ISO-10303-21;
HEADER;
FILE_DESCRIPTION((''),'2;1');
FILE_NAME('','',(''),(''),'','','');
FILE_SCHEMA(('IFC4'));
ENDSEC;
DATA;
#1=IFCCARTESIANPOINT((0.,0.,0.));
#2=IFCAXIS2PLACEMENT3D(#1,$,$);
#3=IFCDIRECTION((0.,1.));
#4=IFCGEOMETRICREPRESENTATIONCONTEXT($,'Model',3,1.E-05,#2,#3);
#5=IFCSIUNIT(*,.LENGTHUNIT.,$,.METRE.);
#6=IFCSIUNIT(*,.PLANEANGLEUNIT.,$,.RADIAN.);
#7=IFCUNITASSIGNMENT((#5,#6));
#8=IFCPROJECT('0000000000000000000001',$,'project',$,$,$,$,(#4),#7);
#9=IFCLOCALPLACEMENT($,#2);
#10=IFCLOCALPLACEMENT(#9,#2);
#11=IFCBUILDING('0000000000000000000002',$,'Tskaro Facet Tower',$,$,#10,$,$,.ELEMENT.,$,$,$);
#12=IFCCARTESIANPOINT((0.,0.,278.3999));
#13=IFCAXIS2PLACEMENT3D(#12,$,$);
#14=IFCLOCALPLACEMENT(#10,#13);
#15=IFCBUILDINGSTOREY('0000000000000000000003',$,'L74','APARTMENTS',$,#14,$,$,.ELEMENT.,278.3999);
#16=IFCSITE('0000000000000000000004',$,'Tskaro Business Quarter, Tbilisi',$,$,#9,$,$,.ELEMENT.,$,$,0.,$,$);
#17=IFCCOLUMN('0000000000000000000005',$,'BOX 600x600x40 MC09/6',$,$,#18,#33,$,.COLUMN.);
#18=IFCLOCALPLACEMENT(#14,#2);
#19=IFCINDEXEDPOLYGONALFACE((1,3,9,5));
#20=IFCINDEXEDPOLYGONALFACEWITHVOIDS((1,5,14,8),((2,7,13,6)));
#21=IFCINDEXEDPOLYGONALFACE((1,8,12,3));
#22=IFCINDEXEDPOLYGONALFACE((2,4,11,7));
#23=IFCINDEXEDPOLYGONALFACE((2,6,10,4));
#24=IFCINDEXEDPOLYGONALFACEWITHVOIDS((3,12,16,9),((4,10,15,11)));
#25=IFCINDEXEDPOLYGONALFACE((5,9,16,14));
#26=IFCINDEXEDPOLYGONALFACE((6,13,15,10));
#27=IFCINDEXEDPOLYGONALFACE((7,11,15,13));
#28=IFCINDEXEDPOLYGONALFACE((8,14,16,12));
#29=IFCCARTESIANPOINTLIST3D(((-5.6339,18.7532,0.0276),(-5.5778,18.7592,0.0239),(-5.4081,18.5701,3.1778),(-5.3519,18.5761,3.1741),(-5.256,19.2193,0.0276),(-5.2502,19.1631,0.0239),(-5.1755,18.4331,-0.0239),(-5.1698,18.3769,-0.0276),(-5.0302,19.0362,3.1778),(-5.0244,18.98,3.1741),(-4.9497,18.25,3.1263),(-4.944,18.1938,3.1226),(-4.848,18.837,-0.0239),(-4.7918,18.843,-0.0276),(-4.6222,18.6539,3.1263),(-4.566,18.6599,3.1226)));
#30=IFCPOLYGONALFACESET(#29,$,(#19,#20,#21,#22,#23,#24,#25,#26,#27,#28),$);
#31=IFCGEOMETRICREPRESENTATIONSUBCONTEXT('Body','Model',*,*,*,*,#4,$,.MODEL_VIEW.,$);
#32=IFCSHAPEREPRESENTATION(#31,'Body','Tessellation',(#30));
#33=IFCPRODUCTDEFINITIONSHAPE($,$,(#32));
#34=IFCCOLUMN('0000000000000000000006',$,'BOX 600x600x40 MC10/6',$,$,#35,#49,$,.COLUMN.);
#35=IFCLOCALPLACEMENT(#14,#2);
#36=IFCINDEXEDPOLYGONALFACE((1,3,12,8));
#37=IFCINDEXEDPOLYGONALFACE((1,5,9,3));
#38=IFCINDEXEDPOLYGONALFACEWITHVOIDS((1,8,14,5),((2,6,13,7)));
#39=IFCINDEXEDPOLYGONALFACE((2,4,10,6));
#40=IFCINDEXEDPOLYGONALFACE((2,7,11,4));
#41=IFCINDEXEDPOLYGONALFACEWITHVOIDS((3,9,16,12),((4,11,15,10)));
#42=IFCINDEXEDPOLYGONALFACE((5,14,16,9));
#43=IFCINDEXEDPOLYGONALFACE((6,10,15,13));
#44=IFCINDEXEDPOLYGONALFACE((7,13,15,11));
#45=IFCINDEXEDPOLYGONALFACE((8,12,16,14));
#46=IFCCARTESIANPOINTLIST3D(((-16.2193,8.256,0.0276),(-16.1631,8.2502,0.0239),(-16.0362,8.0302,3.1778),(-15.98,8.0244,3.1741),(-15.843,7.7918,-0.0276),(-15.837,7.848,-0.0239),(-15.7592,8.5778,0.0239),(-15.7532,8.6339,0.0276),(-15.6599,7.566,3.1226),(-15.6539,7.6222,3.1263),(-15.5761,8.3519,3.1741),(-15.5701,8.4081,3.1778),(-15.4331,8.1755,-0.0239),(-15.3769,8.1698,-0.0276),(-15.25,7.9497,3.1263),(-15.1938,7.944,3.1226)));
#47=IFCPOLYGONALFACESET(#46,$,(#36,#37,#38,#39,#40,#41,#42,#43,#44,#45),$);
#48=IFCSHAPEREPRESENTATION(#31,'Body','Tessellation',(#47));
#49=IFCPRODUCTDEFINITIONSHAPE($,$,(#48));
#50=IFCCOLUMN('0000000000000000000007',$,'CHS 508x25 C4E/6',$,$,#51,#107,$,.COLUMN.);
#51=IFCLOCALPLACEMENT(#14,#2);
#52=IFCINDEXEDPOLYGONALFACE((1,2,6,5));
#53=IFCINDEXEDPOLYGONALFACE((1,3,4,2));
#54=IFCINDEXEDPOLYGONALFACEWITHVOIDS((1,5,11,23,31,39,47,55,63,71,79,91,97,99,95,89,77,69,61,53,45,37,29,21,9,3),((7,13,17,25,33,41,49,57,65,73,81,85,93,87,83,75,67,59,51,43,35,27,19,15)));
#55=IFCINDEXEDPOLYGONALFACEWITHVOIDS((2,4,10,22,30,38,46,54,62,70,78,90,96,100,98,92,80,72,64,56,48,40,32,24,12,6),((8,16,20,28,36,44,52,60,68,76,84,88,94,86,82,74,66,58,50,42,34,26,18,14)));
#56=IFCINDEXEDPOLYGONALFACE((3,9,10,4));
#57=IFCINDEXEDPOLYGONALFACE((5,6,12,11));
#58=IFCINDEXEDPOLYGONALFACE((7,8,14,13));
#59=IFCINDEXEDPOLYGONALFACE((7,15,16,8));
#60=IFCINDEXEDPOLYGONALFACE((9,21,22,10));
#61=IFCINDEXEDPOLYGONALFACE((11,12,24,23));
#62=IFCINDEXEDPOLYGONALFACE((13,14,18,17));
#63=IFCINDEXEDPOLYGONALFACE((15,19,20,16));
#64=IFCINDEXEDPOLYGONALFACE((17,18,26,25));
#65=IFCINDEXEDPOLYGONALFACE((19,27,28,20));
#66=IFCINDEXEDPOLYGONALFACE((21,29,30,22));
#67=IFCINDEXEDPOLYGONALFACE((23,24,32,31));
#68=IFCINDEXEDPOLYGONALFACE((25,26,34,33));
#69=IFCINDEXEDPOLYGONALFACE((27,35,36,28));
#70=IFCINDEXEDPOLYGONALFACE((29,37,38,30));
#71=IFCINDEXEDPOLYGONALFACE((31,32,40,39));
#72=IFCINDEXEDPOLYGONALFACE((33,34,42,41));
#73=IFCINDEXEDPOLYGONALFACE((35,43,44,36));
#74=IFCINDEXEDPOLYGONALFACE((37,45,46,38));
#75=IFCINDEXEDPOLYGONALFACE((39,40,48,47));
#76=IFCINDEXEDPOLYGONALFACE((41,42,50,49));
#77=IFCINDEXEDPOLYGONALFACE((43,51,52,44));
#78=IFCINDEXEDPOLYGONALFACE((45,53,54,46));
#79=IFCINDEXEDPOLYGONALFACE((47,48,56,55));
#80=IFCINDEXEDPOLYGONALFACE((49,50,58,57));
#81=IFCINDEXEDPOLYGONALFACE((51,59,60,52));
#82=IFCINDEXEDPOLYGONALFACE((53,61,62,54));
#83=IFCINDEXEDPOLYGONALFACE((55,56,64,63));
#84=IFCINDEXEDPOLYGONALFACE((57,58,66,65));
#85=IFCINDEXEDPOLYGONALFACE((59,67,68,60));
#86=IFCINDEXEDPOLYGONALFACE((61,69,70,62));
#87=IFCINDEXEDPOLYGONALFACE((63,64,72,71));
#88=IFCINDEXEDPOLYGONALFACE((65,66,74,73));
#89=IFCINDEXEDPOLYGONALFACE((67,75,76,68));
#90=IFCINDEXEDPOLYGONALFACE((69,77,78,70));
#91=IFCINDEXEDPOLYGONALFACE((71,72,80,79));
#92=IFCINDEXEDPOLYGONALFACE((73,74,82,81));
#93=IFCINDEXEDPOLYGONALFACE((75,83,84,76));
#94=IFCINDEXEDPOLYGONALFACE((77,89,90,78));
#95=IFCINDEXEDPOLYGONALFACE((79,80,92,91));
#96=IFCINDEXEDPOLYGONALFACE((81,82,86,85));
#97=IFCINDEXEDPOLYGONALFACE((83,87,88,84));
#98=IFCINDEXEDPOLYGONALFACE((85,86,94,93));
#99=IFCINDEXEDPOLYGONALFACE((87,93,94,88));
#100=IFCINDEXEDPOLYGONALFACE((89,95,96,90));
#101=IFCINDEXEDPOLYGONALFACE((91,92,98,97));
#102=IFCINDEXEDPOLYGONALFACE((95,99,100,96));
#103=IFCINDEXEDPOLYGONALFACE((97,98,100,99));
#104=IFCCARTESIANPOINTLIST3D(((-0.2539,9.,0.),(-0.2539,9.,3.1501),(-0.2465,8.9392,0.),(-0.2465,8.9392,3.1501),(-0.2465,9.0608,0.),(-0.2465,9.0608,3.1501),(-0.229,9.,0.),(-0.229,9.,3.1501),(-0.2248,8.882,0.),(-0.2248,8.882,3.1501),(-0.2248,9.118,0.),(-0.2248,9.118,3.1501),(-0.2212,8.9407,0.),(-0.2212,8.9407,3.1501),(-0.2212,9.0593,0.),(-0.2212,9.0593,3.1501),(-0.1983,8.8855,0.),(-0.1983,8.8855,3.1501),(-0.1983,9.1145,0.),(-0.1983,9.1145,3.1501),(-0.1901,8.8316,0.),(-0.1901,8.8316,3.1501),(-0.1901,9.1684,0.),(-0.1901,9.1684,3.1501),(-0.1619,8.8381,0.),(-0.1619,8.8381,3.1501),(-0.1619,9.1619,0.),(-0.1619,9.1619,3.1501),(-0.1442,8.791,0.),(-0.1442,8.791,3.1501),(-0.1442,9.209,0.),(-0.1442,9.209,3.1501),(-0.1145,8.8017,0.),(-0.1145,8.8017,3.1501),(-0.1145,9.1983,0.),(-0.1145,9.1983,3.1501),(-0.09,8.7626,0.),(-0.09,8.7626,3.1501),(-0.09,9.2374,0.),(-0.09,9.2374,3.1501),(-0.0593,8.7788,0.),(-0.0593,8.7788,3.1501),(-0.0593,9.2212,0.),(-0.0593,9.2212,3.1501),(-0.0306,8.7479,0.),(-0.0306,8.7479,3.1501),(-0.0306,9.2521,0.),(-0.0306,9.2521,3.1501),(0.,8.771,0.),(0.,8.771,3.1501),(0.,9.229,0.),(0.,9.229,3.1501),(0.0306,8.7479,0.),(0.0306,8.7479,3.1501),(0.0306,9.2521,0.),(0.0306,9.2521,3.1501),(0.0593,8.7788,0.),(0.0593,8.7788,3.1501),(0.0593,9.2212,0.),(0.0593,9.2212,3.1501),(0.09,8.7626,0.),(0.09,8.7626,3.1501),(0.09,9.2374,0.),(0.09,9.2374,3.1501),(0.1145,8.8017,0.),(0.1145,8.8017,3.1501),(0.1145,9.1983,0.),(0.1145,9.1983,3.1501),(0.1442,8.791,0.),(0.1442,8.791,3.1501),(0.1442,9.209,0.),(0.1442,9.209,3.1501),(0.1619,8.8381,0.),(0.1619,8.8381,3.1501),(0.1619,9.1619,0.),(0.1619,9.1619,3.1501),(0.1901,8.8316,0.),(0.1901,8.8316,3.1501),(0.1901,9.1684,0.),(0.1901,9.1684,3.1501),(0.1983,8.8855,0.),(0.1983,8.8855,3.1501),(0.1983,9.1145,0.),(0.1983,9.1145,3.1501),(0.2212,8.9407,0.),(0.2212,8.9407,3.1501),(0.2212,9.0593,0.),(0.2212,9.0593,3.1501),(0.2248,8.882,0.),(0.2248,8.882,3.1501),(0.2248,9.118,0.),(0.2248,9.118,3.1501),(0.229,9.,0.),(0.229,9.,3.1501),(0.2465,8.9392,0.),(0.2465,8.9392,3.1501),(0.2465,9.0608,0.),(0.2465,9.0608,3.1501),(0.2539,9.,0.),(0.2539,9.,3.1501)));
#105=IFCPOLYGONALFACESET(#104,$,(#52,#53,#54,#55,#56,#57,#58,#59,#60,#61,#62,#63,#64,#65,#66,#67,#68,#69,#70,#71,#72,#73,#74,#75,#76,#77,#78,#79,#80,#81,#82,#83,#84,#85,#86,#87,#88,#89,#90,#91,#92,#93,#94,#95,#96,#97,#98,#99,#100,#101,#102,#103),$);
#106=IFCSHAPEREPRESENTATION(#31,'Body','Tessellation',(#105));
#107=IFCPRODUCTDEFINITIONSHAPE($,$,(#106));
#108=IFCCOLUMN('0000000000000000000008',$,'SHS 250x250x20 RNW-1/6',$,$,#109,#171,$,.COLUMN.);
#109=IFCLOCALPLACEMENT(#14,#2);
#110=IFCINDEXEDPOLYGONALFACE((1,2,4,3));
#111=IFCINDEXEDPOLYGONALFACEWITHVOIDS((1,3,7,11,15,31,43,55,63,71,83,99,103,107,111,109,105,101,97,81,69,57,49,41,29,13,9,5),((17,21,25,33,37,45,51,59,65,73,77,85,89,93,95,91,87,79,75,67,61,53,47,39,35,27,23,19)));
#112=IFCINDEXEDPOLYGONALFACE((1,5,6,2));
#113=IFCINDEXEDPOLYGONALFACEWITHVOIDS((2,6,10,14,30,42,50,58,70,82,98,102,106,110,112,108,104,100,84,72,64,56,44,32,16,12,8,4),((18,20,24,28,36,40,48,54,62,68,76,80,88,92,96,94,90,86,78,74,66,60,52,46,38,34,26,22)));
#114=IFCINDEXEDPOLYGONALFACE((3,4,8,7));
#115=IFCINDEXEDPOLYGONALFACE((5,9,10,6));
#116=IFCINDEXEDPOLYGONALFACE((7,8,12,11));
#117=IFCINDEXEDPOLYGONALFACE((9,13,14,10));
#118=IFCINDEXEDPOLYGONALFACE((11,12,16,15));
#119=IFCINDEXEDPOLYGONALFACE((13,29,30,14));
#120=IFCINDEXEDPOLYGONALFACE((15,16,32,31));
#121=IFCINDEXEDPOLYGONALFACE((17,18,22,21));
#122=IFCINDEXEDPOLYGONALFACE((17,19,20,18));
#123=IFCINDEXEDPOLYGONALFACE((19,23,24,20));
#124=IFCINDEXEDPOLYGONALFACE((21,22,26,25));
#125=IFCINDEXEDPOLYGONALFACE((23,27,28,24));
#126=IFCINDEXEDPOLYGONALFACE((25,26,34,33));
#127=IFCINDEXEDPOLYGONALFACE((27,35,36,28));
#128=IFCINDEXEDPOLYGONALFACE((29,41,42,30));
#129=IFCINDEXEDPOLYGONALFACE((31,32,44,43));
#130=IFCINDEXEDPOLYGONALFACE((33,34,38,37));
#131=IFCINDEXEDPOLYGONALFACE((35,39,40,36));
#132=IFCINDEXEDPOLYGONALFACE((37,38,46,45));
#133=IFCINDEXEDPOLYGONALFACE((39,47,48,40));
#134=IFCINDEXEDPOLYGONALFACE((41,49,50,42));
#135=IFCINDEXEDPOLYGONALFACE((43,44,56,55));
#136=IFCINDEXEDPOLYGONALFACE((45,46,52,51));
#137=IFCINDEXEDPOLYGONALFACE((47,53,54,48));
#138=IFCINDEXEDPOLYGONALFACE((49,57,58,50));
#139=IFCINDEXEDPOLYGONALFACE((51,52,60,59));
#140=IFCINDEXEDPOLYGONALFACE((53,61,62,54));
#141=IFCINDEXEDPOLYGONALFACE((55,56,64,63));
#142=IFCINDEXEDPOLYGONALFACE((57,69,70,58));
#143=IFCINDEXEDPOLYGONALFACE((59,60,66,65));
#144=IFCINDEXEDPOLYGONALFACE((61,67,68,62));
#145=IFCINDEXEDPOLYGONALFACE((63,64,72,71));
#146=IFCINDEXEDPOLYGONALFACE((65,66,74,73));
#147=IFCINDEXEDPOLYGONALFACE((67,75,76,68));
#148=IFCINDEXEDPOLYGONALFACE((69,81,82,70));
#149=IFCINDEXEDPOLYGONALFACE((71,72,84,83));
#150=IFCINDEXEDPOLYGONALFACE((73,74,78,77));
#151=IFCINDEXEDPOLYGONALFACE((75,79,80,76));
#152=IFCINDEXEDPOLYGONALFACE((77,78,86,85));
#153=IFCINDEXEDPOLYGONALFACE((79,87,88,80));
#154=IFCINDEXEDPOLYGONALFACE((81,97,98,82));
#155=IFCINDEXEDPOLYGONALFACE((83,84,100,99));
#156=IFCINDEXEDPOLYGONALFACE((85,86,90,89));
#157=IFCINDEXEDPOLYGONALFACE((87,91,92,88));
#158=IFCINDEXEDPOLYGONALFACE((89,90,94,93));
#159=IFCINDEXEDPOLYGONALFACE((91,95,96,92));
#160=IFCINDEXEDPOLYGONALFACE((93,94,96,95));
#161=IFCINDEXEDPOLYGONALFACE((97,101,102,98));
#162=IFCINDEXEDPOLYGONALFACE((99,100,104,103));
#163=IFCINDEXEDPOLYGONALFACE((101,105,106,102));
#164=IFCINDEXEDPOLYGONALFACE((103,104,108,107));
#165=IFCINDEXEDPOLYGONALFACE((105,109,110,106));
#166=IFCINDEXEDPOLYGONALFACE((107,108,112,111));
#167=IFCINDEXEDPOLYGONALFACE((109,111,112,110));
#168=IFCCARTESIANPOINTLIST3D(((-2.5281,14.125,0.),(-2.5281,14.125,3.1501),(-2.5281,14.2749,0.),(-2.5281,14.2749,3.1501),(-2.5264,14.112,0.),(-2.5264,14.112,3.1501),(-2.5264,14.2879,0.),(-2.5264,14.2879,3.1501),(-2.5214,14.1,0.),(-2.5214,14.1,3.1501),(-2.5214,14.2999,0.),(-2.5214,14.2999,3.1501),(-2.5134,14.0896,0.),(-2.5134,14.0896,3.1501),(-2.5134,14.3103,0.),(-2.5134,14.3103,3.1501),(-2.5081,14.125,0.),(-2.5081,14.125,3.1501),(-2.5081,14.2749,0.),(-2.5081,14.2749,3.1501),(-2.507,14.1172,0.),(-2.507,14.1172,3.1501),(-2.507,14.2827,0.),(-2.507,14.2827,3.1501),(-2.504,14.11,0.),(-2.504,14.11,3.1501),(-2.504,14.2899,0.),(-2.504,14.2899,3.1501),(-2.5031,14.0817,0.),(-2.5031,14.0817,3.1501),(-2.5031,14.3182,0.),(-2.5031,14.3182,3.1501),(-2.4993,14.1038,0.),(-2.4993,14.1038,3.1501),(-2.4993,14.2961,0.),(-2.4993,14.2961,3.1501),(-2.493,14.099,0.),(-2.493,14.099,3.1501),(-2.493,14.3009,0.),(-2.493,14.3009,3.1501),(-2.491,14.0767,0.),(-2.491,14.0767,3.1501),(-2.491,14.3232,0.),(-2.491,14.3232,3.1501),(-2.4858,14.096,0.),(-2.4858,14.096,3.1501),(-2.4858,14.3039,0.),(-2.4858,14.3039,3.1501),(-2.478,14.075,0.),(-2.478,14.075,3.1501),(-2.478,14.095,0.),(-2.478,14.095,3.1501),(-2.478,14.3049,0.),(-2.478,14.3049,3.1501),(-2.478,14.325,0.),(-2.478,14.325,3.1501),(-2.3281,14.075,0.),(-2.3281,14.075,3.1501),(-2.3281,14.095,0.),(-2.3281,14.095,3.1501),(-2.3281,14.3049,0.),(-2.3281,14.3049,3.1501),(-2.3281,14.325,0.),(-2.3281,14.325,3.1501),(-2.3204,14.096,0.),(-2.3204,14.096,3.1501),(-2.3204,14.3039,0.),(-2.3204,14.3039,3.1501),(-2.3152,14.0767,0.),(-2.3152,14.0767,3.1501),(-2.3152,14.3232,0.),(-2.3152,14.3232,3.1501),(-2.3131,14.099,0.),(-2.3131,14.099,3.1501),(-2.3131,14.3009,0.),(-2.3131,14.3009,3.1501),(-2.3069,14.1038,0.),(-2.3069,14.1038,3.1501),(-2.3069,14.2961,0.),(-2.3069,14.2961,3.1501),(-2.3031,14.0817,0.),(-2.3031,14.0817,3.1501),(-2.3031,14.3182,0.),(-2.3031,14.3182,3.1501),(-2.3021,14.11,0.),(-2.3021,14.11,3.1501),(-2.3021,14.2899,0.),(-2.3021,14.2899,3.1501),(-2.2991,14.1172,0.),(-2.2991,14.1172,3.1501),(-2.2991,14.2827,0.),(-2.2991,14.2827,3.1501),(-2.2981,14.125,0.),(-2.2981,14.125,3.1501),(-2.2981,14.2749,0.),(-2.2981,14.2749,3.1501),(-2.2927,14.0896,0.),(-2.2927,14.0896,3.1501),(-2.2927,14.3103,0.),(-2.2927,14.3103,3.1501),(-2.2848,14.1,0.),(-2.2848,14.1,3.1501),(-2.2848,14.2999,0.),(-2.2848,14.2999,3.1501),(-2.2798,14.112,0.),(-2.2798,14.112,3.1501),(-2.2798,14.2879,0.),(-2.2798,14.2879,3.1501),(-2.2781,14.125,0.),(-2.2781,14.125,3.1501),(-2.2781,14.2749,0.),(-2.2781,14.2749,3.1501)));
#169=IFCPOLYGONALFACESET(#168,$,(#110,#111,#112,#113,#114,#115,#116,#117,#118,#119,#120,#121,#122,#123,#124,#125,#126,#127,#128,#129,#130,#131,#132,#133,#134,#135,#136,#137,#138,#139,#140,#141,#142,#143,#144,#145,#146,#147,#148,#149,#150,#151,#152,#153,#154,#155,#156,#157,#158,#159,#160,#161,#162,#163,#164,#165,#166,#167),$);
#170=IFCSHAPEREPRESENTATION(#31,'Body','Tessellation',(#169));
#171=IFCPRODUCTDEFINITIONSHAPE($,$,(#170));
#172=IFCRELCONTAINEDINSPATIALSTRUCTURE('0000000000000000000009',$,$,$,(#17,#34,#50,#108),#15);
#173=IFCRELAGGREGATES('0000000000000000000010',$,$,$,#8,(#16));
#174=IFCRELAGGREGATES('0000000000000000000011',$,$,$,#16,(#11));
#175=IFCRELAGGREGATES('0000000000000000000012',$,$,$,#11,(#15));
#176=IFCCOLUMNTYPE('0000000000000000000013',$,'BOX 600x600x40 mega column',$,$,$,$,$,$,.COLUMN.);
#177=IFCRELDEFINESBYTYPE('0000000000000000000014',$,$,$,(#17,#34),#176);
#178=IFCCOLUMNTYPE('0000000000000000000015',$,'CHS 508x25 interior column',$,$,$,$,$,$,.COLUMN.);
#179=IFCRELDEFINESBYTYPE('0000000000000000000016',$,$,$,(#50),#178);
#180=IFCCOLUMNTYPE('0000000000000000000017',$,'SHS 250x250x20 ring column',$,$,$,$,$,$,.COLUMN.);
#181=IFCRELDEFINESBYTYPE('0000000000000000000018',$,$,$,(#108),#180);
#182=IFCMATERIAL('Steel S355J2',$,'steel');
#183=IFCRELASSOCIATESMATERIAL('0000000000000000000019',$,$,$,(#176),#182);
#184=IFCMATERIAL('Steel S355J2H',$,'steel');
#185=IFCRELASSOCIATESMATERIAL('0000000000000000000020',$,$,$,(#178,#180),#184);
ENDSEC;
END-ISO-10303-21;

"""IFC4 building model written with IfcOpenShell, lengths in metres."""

from ifc_helpers import new_model, si_unit, direction, frame, origin, origin_2d, place, context, subcontext, project, spatial, hollow_rectangle, hollow_circle, extrude, material, material_profile, profile_set, type_object, element, save


model = new_model("IFC4")

# Units and contexts
model_context = context("Model", 3, precision=1e-05, world=origin(), true_north=direction((0.0, 1.0)))
body_context = subcontext(model_context, "Body", "Model", "MODEL_VIEW")
ifc_project = project(units=[si_unit("LENGTHUNIT", "METRE"), si_unit("PLANEANGLEUNIT", "RADIAN")], contexts=[model_context])

# Site, building, storey
site_placement = place(None, origin())
site = spatial("IfcSite", under=ifc_project, at=site_placement, Name="Tskaro Business Quarter, Tbilisi", CompositionType="ELEMENT", RefElevation=0.0)
building_placement = place(site_placement, origin())
building = spatial("IfcBuilding", under=site, at=building_placement, Name="Tskaro Facet Tower", CompositionType="ELEMENT")
storey_placement = place(building_placement, frame((0.0, 0.0, 278.3999)))
storey = spatial("IfcBuildingStorey", under=building, at=storey_placement, Name="L74", Description="APARTMENTS", CompositionType="ELEMENT", Elevation=278.3999)

# Columns
ifc_material_1 = material(Name="Steel S355J2", Category="steel")
ifc_material_profile_1 = material_profile(ifc_material_1, hollow_rectangle(XDim=0.6001, YDim=0.6001, WallThickness=0.04, at=origin_2d()), Name="BOX 600x600x40")
ifc_profile_set_1 = profile_set([ifc_material_profile_1], Name="Steel S355J2")
column_type_1 = type_object("IfcColumnType", Name="BOX 600x600x40 mega column", PredefinedType="COLUMN", material=ifc_profile_set_1)
for number, where, z_axis, x_axis, name in (
    (1, (-5.2129, 18.7981, 0.0), (0.071385, -0.05788, 0.995768), (0.629802, 0.776756, 0.0), "BOX 600x600x40 MC09/6"),
    (2, (-15.7981, 8.2129, 0.0), (0.05788, -0.071385, 0.995768), (0.776756, 0.629802, 0.0), "BOX 600x600x40 MC10/6"),
):
    element("IfcColumn", number, at=place(storey_placement, frame(where, z_axis=z_axis, x_axis=x_axis)), inside=storey, type_object=column_type_1, Name=name, PredefinedType="COLUMN", context=body_context, shape_type="SweptSolid", body=[
        extrude(hollow_rectangle(XDim=0.6001, YDim=0.6001, WallThickness=0.04, at=origin_2d()), origin(), (0.0, 0.0, 1.0), 3.1636),
    ])
ifc_material_2 = material(Name="Steel S355J2H", Category="steel")
ifc_material_profile_2 = material_profile(ifc_material_2, hollow_circle(Radius=0.2539, WallThickness=0.0249, at=origin_2d()), Name="CHS 508x25")
ifc_profile_set_2 = profile_set([ifc_material_profile_2], Name="Steel S355J2H")
column_type_2 = type_object("IfcColumnType", Name="CHS 508x25 interior column", PredefinedType="COLUMN", material=ifc_profile_set_2)
column_placement = place(storey_placement, frame((0.0, 9.0, 0.0), z_axis=(0.0, 0.0, 1.0), x_axis=(1.0, 0.0, 0.0)))
element("IfcColumn", 3, at=column_placement, inside=storey, type_object=column_type_2, Name="CHS 508x25 C4E/6", PredefinedType="COLUMN", context=body_context, shape_type="SweptSolid", body=[
    extrude(hollow_circle(Radius=0.2539, WallThickness=0.0249, at=origin_2d()), origin(), (0.0, 0.0, 1.0), 3.1501),
])
ifc_material_profile_3 = material_profile(ifc_material_2, hollow_rectangle(XDim=0.25, YDim=0.25, WallThickness=0.02, InnerFilletRadius=0.03, OuterFilletRadius=0.05, at=origin_2d()), Name="SHS 250x250x20")
ifc_profile_set_3 = profile_set([ifc_material_profile_3], Name="Steel S355J2H")
column_type_3 = type_object("IfcColumnType", Name="SHS 250x250x20 ring column", PredefinedType="COLUMN", material=ifc_profile_set_3)
for number, where, z_axis, x_axis, name in (
    (4, (-2.4031, 14.2, 0.0), (0.0, 0.0, 1.0), (1.0, 0.0, 0.0), "SHS 250x250x20 RNW-1/6"),
):
    element("IfcColumn", number, at=place(storey_placement, frame(where, z_axis=z_axis, x_axis=x_axis)), inside=storey, type_object=column_type_3, Name=name, PredefinedType="COLUMN", context=body_context, shape_type="SweptSolid", body=[
        extrude(hollow_rectangle(XDim=0.25, YDim=0.25, WallThickness=0.02, InnerFilletRadius=0.03, OuterFilletRadius=0.05, at=origin_2d()), origin(), (0.0, 0.0, 1.0), 3.1501),
    ])

save(model, "model.ifc")
